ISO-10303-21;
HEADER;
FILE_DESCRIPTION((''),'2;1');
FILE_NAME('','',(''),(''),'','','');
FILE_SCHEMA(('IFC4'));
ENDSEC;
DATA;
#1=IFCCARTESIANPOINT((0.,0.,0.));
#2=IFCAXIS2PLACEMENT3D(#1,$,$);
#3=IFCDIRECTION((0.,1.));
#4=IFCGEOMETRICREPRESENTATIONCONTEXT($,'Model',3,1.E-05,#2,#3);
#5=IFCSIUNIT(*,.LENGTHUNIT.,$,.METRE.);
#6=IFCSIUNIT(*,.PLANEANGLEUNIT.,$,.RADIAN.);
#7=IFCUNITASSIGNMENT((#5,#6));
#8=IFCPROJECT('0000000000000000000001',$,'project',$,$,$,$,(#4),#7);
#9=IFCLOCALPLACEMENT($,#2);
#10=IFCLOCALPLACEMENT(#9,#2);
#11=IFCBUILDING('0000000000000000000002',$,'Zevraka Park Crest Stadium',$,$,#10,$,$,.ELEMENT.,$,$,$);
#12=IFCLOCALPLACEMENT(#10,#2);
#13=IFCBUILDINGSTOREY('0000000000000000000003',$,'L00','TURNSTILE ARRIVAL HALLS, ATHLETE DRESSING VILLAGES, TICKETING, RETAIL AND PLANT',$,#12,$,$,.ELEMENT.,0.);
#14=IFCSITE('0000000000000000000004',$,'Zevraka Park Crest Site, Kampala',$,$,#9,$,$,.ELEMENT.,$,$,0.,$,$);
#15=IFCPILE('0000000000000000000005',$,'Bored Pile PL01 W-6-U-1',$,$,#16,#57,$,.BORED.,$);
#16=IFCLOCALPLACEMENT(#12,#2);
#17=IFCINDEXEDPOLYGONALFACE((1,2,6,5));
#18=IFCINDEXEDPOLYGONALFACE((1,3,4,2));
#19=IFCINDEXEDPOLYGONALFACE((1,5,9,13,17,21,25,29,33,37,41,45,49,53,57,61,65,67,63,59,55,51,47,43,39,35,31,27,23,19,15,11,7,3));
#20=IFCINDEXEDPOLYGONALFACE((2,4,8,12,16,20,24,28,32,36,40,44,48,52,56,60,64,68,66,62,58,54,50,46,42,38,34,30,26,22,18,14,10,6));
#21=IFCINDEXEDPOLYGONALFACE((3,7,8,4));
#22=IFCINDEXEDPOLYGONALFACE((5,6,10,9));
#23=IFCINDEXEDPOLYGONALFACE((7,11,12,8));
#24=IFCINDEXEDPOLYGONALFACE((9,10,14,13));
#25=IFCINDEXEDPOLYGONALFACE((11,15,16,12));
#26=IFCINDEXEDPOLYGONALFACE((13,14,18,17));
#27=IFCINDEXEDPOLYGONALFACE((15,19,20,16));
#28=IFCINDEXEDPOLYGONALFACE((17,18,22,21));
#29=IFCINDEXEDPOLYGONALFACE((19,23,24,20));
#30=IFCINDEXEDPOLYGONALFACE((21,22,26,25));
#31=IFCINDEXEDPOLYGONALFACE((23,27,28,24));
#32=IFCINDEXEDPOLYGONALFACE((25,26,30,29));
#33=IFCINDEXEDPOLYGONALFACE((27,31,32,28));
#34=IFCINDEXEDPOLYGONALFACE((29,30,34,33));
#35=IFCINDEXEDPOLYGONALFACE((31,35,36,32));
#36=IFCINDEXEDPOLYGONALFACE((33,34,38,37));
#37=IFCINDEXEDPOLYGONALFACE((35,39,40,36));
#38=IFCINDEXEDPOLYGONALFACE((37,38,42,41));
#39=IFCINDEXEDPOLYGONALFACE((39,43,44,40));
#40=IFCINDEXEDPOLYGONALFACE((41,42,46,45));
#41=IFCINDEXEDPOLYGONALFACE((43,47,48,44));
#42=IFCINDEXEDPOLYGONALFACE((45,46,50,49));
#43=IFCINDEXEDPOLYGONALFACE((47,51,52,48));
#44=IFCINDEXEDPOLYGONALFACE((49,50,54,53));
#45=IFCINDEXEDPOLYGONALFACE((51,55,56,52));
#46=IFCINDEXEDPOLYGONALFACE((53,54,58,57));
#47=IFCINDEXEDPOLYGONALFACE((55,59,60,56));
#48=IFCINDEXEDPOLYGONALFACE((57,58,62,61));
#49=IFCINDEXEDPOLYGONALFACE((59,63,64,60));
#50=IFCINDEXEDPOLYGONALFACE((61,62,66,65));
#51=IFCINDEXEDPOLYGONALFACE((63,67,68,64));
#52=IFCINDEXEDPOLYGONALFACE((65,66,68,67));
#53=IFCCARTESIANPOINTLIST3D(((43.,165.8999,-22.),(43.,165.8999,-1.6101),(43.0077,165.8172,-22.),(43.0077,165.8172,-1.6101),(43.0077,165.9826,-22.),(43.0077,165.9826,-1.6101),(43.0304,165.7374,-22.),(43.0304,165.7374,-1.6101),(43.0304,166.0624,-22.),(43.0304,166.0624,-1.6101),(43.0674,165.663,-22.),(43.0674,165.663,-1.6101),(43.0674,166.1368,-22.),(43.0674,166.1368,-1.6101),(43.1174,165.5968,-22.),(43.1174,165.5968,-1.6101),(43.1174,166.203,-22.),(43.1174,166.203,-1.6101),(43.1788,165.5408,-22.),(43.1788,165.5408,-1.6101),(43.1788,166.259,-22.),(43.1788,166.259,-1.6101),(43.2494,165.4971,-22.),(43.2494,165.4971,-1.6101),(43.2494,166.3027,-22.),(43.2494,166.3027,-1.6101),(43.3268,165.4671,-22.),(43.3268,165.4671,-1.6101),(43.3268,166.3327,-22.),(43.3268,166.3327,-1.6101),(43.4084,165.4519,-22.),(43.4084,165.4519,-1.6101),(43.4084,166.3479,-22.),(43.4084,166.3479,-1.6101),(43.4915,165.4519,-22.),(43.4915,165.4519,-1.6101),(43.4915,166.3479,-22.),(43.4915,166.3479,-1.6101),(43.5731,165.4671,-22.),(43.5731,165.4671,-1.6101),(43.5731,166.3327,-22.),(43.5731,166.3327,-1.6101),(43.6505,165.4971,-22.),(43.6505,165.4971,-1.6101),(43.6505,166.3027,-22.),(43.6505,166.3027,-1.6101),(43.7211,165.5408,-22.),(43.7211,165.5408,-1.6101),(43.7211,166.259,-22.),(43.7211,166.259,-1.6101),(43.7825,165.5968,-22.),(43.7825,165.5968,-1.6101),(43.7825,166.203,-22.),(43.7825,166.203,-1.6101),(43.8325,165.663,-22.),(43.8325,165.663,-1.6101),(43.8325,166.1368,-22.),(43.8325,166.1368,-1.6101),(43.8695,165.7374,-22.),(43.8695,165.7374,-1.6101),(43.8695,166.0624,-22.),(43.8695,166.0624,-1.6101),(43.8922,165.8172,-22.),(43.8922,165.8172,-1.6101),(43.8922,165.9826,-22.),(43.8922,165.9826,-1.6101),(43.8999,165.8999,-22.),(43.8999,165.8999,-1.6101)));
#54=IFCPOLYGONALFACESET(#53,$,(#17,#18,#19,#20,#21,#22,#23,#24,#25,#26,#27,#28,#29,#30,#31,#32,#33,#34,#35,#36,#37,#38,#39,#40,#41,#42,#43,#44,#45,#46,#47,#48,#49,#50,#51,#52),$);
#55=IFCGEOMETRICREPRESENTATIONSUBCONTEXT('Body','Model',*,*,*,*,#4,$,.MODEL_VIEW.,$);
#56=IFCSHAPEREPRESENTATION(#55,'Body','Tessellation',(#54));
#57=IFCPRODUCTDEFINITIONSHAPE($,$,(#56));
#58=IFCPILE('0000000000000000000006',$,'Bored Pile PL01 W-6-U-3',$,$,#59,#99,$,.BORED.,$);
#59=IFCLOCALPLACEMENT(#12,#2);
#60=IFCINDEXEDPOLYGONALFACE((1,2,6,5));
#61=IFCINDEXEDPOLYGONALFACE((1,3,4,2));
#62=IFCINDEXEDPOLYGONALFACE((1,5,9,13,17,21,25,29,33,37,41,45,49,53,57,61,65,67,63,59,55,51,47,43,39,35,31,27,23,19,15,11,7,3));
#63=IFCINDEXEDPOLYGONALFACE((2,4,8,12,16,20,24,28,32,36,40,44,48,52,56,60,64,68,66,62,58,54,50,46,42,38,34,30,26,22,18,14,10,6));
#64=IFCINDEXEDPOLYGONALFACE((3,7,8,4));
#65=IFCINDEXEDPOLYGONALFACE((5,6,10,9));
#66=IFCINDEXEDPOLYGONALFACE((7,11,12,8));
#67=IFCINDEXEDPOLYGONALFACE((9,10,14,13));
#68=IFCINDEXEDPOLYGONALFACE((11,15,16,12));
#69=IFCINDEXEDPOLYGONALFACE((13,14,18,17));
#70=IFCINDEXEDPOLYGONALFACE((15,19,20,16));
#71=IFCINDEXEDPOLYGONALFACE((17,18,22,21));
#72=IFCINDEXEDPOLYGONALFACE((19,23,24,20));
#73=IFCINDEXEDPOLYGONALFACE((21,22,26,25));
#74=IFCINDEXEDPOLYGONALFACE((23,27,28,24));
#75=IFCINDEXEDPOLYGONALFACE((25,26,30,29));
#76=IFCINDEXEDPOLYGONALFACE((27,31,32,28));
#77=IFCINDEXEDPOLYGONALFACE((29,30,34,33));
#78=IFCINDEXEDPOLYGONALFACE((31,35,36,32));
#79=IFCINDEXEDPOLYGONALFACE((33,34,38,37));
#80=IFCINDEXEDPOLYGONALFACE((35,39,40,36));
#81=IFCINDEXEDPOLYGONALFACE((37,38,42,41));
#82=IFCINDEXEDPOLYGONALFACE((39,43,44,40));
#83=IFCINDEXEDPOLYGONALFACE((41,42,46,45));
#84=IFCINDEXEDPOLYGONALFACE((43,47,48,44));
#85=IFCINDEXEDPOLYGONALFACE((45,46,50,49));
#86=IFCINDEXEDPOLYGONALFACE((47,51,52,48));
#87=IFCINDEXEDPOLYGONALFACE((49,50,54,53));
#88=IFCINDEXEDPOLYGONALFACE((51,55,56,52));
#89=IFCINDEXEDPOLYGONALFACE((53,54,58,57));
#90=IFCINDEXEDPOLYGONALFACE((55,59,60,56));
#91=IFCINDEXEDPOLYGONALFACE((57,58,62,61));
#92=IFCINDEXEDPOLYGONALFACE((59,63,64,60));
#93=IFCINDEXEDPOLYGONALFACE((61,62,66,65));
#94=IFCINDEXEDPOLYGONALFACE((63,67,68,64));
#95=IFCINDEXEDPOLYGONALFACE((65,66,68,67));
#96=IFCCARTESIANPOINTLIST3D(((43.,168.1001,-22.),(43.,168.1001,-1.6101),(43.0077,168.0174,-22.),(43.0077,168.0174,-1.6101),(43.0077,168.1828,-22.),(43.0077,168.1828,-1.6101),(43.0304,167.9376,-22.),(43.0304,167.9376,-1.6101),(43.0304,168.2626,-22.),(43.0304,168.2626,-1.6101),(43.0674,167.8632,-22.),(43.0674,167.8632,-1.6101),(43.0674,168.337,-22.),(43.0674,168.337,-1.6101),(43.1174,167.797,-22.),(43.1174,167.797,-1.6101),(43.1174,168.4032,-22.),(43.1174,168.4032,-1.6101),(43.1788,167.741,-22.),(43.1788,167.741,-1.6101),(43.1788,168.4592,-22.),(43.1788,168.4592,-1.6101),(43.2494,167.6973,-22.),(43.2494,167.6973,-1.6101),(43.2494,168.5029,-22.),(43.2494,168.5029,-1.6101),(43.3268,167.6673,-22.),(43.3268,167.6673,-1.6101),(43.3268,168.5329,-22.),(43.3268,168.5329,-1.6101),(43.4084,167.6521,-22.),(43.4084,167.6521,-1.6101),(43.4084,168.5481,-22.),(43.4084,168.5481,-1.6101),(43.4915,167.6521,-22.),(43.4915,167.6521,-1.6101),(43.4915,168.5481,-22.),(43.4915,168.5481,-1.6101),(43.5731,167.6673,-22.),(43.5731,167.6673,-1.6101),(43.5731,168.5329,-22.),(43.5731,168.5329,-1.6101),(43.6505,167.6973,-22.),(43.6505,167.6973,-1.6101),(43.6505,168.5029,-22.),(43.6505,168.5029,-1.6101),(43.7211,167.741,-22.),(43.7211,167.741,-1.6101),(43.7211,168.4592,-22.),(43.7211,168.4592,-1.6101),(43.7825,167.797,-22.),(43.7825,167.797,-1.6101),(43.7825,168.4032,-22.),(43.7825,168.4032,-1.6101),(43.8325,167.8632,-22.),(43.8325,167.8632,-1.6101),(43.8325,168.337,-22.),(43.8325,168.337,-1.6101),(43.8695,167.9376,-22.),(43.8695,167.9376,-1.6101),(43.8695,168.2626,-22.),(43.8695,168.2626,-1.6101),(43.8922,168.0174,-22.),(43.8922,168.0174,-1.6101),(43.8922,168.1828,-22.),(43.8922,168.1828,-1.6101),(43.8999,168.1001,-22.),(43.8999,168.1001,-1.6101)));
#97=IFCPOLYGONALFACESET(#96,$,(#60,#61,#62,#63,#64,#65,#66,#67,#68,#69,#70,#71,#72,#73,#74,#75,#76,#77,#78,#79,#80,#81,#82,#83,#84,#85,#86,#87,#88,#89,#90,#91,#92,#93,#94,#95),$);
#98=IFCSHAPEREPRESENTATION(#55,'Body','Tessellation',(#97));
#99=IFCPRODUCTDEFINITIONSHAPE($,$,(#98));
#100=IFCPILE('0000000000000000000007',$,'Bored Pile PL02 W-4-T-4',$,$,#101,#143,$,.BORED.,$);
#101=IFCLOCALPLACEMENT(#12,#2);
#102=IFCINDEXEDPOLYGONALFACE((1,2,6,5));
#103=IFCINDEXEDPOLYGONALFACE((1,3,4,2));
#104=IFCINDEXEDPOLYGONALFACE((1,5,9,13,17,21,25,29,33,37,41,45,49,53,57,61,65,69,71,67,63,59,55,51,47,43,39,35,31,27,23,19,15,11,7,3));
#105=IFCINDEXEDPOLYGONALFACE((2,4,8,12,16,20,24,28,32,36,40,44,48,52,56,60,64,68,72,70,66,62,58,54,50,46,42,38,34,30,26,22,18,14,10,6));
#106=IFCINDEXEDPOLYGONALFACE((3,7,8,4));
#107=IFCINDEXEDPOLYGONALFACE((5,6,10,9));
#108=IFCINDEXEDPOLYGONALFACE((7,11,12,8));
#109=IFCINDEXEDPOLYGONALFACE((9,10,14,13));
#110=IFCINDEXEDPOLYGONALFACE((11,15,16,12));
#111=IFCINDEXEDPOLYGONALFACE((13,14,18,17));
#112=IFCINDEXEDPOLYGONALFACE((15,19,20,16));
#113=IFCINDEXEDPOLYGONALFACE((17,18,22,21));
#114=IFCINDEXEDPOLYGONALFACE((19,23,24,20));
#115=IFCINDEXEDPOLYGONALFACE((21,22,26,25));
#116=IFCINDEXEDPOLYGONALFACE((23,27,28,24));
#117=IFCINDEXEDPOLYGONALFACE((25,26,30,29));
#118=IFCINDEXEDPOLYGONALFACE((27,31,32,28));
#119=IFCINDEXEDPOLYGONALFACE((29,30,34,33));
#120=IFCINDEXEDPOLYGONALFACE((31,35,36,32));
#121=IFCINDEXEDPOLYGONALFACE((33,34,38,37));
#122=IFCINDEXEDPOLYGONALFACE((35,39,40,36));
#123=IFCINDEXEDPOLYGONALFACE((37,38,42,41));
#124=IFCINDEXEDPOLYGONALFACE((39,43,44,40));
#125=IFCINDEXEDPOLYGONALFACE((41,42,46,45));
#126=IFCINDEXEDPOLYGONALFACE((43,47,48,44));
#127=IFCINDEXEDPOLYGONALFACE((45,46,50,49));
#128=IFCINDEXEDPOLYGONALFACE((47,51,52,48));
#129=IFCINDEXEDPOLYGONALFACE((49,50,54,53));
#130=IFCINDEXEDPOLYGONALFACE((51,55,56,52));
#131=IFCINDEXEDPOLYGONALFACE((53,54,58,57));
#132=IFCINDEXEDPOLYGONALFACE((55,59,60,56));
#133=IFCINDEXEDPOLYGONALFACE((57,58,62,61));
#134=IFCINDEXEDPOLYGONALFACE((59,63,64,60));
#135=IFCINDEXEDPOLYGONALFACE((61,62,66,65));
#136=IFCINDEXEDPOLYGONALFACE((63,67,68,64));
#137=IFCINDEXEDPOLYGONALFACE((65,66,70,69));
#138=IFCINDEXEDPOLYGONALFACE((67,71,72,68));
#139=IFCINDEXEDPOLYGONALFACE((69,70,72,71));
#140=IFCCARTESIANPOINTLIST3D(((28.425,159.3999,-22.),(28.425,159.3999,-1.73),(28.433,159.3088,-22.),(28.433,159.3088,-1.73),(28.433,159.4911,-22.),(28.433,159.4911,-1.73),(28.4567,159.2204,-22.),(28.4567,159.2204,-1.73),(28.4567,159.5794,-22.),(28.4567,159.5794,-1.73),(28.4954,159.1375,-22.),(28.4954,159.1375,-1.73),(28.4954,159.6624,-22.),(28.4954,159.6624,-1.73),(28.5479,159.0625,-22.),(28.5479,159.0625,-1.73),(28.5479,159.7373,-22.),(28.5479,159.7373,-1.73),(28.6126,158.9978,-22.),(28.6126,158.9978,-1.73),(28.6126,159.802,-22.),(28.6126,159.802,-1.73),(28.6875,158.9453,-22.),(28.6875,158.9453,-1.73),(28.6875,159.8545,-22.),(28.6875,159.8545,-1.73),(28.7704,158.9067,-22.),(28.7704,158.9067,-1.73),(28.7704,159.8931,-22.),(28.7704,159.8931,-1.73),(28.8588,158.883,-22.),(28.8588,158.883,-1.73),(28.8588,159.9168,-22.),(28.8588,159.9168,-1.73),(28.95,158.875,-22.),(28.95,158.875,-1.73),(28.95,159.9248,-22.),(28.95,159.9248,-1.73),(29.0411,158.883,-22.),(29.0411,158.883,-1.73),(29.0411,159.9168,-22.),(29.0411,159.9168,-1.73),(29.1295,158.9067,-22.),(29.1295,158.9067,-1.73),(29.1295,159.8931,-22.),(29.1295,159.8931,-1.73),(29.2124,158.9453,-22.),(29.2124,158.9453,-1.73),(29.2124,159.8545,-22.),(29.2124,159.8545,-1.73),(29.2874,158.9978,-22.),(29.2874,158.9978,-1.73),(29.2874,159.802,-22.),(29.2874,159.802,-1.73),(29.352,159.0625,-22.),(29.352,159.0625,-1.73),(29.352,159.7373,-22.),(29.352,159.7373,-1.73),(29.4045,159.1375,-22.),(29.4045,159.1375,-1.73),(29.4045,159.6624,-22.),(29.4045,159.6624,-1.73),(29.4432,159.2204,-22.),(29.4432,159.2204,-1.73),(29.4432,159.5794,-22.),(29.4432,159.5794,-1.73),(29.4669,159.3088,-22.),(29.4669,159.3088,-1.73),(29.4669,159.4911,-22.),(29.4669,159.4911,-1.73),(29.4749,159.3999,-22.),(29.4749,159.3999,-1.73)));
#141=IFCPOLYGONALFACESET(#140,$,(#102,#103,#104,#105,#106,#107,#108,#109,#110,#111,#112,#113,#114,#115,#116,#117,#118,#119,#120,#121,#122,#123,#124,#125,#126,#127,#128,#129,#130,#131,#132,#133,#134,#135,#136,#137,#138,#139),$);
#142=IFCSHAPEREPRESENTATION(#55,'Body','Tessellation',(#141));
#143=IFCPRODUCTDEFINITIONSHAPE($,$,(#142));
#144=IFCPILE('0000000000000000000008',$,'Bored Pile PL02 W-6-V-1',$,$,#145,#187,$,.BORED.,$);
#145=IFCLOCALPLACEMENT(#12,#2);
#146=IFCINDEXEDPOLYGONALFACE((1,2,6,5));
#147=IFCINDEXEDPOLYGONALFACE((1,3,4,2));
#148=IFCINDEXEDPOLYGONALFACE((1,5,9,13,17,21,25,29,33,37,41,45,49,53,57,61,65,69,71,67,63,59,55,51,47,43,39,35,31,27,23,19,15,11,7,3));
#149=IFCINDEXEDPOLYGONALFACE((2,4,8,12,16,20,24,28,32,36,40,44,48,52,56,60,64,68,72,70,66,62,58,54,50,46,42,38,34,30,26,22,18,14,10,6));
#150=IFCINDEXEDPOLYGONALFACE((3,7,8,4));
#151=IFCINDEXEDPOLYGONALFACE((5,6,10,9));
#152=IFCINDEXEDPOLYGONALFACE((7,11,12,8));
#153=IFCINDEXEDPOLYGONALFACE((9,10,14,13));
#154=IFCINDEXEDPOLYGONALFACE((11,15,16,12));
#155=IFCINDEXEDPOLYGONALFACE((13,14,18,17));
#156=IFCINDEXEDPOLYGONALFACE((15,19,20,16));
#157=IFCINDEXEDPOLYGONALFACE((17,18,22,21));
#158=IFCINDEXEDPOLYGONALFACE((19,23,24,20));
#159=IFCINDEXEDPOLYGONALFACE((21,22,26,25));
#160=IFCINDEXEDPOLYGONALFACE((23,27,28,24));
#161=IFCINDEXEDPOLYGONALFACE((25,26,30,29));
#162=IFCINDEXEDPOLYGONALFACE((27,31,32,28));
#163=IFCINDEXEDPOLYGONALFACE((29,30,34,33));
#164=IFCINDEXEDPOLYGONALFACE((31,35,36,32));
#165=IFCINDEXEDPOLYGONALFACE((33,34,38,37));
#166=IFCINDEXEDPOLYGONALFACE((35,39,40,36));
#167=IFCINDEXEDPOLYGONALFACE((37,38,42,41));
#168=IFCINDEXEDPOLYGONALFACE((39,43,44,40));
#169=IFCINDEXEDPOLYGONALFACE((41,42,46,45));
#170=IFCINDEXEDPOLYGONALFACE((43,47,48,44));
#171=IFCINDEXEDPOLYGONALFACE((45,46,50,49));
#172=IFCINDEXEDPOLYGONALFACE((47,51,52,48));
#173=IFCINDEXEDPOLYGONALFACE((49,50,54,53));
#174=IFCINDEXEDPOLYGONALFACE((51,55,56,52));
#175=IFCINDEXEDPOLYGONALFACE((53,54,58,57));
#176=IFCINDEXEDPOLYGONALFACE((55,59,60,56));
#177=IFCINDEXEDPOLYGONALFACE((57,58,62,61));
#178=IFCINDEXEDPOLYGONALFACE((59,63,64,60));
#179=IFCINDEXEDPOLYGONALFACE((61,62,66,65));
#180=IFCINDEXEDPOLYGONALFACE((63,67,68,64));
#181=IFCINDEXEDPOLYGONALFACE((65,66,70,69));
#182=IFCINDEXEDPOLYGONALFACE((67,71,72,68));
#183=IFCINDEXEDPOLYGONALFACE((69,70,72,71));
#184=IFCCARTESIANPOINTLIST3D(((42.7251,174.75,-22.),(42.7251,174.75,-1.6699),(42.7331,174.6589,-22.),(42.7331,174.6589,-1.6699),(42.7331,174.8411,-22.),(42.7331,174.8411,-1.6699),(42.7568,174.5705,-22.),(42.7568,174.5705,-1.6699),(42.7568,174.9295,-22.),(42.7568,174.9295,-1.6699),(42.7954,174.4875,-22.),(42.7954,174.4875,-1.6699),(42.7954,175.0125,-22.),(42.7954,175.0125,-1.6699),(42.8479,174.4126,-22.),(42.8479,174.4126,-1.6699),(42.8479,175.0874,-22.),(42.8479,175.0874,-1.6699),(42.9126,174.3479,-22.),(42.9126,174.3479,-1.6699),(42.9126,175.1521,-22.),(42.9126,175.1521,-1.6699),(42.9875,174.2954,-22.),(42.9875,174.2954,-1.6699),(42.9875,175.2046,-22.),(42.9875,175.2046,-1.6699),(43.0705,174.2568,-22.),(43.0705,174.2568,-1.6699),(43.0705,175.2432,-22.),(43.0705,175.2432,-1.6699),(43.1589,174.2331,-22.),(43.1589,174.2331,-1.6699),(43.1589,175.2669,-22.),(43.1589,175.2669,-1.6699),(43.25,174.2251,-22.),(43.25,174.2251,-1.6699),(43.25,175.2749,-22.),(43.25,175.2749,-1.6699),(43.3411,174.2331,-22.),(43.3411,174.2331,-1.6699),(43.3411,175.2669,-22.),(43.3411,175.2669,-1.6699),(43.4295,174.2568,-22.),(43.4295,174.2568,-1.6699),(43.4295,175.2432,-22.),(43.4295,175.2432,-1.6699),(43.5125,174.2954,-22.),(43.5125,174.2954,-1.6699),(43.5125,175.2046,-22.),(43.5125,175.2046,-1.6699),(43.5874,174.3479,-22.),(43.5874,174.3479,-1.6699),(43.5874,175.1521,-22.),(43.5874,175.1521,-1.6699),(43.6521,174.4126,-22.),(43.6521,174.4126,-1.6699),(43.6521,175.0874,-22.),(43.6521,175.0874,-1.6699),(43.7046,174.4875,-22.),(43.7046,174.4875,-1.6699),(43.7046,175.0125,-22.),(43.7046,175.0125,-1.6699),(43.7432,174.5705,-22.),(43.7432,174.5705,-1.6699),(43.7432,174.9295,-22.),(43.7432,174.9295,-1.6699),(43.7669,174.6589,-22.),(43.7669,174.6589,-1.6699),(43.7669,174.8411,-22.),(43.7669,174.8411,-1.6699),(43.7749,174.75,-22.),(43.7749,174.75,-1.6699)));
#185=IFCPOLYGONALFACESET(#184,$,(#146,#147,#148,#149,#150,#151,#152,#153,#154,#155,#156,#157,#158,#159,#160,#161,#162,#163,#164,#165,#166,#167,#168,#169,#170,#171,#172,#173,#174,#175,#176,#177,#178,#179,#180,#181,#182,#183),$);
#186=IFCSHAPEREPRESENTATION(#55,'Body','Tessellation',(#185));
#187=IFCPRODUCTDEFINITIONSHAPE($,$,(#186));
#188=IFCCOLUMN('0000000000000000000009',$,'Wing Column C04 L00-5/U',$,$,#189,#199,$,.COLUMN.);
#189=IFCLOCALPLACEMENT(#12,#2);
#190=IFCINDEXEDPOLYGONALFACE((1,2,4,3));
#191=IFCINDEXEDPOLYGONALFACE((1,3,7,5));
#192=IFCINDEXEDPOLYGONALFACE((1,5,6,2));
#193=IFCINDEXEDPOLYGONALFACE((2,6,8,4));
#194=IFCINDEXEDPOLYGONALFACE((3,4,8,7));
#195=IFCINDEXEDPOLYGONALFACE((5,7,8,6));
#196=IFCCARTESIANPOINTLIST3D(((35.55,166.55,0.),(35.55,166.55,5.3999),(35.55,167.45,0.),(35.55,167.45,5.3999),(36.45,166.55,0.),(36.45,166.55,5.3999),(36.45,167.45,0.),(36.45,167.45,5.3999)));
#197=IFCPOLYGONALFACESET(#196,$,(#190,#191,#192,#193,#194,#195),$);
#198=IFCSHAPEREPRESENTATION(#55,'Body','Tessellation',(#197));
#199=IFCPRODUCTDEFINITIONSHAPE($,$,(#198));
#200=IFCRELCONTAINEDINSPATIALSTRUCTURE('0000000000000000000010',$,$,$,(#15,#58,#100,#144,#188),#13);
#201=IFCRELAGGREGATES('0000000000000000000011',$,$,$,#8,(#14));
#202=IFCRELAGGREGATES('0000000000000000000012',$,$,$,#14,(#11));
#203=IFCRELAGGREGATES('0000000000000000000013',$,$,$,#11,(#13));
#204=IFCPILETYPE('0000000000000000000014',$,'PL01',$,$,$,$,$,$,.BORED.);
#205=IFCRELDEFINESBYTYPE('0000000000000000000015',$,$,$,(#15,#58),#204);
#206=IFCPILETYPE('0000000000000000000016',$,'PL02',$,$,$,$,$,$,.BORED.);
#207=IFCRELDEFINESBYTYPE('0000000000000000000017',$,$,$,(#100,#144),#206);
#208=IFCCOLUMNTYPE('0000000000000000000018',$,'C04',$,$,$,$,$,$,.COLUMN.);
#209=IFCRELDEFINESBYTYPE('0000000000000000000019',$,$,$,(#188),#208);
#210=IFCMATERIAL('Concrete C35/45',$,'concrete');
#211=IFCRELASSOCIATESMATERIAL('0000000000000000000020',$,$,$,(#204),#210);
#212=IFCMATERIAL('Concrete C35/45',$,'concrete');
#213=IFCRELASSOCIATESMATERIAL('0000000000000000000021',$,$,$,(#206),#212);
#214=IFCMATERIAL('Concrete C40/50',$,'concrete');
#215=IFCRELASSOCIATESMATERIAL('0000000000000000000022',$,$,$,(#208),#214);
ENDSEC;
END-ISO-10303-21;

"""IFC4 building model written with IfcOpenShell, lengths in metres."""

from ifc_helpers import new_model, si_unit, direction, frame, origin, origin_2d, place, context, subcontext, project, spatial, rectangle, circle, extrude, material, material_profile, profile_set, type_object, element, save


model = new_model("IFC4")

# Units and contexts
model_context = context("Model", 3, precision=1e-05, world=origin(), true_north=direction((0.0, 1.0)))
body_context = subcontext(model_context, "Body", "Model", "MODEL_VIEW")
ifc_project = project(units=[si_unit("LENGTHUNIT", "METRE"), si_unit("PLANEANGLEUNIT", "RADIAN")], contexts=[model_context])

# Site, building, storey
site_placement = place(None, origin())
site = spatial("IfcSite", under=ifc_project, at=site_placement, Name="Zevraka Park Crest Site, Kampala", CompositionType="ELEMENT", RefElevation=0.0)
building_placement = place(site_placement, origin())
building = spatial("IfcBuilding", under=site, at=building_placement, Name="Zevraka Park Crest Stadium", CompositionType="ELEMENT")
storey_placement = place(building_placement, origin())
storey = spatial("IfcBuildingStorey", under=building, at=storey_placement, Name="L00", Description="TURNSTILE ARRIVAL HALLS, ATHLETE DRESSING VILLAGES, TICKETING, RETAIL AND PLANT", CompositionType="ELEMENT", Elevation=0.0)

# Piles
ifc_material_1 = material(Name="Concrete C35/45", Category="concrete")
ifc_material_profile_1 = material_profile(ifc_material_1, circle(Radius=0.45, at=origin_2d()), Name="PILE D900")
ifc_profile_set_1 = profile_set([ifc_material_profile_1], Name="Concrete C35/45")
pile_type_1 = type_object("IfcPileType", Name="PL01", PredefinedType="BORED", material=ifc_profile_set_1)
for number, where, z_axis, x_axis, name in (
    (1, (43.45, 165.8999, -1.6101), (0.0, 0.0, -1.0), (1.0, 0.0, 0.0), "Bored Pile PL01 W-6-U-1"),
    (2, (43.45, 168.1001, -1.6101), (0.0, 0.0, -1.0), (1.0, 0.0, 0.0), "Bored Pile PL01 W-6-U-3"),
):
    element("IfcPile", number, at=place(storey_placement, frame(where, z_axis=z_axis, x_axis=x_axis)), inside=storey, type_object=pile_type_1, Name=name, PredefinedType="BORED", context=body_context, shape_type="SweptSolid", body=[
        extrude(circle(Radius=0.45, at=origin_2d()), origin(), (0.0, 0.0, 1.0), 20.3899),
    ])
ifc_material_2 = material(Name="Concrete C35/45", Category="concrete")
ifc_material_profile_2 = material_profile(ifc_material_2, circle(Radius=0.5249, at=origin_2d()), Name="PILE D1050")
ifc_profile_set_2 = profile_set([ifc_material_profile_2], Name="Concrete C35/45")
pile_type_2 = type_object("IfcPileType", Name="PL02", PredefinedType="BORED", material=ifc_profile_set_2)
pile_1_placement = place(storey_placement, frame((28.95, 159.3999, -1.73), z_axis=(0.0, 0.0, -1.0), x_axis=(1.0, 0.0, 0.0)))
element("IfcPile", 3, at=pile_1_placement, inside=storey, type_object=pile_type_2, Name="Bored Pile PL02 W-4-T-4", PredefinedType="BORED", context=body_context, shape_type="SweptSolid", body=[
    extrude(circle(Radius=0.5249, at=origin_2d()), origin(), (0.0, 0.0, 1.0), 20.27),
])
pile_2_placement = place(storey_placement, frame((43.25, 174.75, -1.6699), z_axis=(0.0, 0.0, -1.0), x_axis=(1.0, 0.0, 0.0)))
element("IfcPile", 4, at=pile_2_placement, inside=storey, type_object=pile_type_2, Name="Bored Pile PL02 W-6-V-1", PredefinedType="BORED", context=body_context, shape_type="SweptSolid", body=[
    extrude(circle(Radius=0.5249, at=origin_2d()), origin(), (0.0, 0.0, 1.0), 20.3301),
])

# Column
ifc_material_3 = material(Name="Concrete C40/50", Category="concrete")
ifc_material_profile_3 = material_profile(ifc_material_3, rectangle(XDim=0.8999, YDim=0.8999, at=origin_2d()), Name="RC 900x900")
ifc_profile_set_3 = profile_set([ifc_material_profile_3], Name="Concrete C40/50")
column_type = type_object("IfcColumnType", Name="C04", PredefinedType="COLUMN", material=ifc_profile_set_3)
column_placement = place(storey_placement, frame((36.0, 167.0, 0.0), z_axis=(0.0, 0.0, 1.0), x_axis=(1.0, 0.0, 0.0)))
element("IfcColumn", 5, at=column_placement, inside=storey, type_object=column_type, Name="Wing Column C04 L00-5/U", PredefinedType="COLUMN", context=body_context, shape_type="SweptSolid", body=[
    extrude(rectangle(XDim=0.8999, YDim=0.8999, at=origin_2d()), origin(), (0.0, 0.0, 1.0), 5.3999),
])

save(model, "model.ifc")
